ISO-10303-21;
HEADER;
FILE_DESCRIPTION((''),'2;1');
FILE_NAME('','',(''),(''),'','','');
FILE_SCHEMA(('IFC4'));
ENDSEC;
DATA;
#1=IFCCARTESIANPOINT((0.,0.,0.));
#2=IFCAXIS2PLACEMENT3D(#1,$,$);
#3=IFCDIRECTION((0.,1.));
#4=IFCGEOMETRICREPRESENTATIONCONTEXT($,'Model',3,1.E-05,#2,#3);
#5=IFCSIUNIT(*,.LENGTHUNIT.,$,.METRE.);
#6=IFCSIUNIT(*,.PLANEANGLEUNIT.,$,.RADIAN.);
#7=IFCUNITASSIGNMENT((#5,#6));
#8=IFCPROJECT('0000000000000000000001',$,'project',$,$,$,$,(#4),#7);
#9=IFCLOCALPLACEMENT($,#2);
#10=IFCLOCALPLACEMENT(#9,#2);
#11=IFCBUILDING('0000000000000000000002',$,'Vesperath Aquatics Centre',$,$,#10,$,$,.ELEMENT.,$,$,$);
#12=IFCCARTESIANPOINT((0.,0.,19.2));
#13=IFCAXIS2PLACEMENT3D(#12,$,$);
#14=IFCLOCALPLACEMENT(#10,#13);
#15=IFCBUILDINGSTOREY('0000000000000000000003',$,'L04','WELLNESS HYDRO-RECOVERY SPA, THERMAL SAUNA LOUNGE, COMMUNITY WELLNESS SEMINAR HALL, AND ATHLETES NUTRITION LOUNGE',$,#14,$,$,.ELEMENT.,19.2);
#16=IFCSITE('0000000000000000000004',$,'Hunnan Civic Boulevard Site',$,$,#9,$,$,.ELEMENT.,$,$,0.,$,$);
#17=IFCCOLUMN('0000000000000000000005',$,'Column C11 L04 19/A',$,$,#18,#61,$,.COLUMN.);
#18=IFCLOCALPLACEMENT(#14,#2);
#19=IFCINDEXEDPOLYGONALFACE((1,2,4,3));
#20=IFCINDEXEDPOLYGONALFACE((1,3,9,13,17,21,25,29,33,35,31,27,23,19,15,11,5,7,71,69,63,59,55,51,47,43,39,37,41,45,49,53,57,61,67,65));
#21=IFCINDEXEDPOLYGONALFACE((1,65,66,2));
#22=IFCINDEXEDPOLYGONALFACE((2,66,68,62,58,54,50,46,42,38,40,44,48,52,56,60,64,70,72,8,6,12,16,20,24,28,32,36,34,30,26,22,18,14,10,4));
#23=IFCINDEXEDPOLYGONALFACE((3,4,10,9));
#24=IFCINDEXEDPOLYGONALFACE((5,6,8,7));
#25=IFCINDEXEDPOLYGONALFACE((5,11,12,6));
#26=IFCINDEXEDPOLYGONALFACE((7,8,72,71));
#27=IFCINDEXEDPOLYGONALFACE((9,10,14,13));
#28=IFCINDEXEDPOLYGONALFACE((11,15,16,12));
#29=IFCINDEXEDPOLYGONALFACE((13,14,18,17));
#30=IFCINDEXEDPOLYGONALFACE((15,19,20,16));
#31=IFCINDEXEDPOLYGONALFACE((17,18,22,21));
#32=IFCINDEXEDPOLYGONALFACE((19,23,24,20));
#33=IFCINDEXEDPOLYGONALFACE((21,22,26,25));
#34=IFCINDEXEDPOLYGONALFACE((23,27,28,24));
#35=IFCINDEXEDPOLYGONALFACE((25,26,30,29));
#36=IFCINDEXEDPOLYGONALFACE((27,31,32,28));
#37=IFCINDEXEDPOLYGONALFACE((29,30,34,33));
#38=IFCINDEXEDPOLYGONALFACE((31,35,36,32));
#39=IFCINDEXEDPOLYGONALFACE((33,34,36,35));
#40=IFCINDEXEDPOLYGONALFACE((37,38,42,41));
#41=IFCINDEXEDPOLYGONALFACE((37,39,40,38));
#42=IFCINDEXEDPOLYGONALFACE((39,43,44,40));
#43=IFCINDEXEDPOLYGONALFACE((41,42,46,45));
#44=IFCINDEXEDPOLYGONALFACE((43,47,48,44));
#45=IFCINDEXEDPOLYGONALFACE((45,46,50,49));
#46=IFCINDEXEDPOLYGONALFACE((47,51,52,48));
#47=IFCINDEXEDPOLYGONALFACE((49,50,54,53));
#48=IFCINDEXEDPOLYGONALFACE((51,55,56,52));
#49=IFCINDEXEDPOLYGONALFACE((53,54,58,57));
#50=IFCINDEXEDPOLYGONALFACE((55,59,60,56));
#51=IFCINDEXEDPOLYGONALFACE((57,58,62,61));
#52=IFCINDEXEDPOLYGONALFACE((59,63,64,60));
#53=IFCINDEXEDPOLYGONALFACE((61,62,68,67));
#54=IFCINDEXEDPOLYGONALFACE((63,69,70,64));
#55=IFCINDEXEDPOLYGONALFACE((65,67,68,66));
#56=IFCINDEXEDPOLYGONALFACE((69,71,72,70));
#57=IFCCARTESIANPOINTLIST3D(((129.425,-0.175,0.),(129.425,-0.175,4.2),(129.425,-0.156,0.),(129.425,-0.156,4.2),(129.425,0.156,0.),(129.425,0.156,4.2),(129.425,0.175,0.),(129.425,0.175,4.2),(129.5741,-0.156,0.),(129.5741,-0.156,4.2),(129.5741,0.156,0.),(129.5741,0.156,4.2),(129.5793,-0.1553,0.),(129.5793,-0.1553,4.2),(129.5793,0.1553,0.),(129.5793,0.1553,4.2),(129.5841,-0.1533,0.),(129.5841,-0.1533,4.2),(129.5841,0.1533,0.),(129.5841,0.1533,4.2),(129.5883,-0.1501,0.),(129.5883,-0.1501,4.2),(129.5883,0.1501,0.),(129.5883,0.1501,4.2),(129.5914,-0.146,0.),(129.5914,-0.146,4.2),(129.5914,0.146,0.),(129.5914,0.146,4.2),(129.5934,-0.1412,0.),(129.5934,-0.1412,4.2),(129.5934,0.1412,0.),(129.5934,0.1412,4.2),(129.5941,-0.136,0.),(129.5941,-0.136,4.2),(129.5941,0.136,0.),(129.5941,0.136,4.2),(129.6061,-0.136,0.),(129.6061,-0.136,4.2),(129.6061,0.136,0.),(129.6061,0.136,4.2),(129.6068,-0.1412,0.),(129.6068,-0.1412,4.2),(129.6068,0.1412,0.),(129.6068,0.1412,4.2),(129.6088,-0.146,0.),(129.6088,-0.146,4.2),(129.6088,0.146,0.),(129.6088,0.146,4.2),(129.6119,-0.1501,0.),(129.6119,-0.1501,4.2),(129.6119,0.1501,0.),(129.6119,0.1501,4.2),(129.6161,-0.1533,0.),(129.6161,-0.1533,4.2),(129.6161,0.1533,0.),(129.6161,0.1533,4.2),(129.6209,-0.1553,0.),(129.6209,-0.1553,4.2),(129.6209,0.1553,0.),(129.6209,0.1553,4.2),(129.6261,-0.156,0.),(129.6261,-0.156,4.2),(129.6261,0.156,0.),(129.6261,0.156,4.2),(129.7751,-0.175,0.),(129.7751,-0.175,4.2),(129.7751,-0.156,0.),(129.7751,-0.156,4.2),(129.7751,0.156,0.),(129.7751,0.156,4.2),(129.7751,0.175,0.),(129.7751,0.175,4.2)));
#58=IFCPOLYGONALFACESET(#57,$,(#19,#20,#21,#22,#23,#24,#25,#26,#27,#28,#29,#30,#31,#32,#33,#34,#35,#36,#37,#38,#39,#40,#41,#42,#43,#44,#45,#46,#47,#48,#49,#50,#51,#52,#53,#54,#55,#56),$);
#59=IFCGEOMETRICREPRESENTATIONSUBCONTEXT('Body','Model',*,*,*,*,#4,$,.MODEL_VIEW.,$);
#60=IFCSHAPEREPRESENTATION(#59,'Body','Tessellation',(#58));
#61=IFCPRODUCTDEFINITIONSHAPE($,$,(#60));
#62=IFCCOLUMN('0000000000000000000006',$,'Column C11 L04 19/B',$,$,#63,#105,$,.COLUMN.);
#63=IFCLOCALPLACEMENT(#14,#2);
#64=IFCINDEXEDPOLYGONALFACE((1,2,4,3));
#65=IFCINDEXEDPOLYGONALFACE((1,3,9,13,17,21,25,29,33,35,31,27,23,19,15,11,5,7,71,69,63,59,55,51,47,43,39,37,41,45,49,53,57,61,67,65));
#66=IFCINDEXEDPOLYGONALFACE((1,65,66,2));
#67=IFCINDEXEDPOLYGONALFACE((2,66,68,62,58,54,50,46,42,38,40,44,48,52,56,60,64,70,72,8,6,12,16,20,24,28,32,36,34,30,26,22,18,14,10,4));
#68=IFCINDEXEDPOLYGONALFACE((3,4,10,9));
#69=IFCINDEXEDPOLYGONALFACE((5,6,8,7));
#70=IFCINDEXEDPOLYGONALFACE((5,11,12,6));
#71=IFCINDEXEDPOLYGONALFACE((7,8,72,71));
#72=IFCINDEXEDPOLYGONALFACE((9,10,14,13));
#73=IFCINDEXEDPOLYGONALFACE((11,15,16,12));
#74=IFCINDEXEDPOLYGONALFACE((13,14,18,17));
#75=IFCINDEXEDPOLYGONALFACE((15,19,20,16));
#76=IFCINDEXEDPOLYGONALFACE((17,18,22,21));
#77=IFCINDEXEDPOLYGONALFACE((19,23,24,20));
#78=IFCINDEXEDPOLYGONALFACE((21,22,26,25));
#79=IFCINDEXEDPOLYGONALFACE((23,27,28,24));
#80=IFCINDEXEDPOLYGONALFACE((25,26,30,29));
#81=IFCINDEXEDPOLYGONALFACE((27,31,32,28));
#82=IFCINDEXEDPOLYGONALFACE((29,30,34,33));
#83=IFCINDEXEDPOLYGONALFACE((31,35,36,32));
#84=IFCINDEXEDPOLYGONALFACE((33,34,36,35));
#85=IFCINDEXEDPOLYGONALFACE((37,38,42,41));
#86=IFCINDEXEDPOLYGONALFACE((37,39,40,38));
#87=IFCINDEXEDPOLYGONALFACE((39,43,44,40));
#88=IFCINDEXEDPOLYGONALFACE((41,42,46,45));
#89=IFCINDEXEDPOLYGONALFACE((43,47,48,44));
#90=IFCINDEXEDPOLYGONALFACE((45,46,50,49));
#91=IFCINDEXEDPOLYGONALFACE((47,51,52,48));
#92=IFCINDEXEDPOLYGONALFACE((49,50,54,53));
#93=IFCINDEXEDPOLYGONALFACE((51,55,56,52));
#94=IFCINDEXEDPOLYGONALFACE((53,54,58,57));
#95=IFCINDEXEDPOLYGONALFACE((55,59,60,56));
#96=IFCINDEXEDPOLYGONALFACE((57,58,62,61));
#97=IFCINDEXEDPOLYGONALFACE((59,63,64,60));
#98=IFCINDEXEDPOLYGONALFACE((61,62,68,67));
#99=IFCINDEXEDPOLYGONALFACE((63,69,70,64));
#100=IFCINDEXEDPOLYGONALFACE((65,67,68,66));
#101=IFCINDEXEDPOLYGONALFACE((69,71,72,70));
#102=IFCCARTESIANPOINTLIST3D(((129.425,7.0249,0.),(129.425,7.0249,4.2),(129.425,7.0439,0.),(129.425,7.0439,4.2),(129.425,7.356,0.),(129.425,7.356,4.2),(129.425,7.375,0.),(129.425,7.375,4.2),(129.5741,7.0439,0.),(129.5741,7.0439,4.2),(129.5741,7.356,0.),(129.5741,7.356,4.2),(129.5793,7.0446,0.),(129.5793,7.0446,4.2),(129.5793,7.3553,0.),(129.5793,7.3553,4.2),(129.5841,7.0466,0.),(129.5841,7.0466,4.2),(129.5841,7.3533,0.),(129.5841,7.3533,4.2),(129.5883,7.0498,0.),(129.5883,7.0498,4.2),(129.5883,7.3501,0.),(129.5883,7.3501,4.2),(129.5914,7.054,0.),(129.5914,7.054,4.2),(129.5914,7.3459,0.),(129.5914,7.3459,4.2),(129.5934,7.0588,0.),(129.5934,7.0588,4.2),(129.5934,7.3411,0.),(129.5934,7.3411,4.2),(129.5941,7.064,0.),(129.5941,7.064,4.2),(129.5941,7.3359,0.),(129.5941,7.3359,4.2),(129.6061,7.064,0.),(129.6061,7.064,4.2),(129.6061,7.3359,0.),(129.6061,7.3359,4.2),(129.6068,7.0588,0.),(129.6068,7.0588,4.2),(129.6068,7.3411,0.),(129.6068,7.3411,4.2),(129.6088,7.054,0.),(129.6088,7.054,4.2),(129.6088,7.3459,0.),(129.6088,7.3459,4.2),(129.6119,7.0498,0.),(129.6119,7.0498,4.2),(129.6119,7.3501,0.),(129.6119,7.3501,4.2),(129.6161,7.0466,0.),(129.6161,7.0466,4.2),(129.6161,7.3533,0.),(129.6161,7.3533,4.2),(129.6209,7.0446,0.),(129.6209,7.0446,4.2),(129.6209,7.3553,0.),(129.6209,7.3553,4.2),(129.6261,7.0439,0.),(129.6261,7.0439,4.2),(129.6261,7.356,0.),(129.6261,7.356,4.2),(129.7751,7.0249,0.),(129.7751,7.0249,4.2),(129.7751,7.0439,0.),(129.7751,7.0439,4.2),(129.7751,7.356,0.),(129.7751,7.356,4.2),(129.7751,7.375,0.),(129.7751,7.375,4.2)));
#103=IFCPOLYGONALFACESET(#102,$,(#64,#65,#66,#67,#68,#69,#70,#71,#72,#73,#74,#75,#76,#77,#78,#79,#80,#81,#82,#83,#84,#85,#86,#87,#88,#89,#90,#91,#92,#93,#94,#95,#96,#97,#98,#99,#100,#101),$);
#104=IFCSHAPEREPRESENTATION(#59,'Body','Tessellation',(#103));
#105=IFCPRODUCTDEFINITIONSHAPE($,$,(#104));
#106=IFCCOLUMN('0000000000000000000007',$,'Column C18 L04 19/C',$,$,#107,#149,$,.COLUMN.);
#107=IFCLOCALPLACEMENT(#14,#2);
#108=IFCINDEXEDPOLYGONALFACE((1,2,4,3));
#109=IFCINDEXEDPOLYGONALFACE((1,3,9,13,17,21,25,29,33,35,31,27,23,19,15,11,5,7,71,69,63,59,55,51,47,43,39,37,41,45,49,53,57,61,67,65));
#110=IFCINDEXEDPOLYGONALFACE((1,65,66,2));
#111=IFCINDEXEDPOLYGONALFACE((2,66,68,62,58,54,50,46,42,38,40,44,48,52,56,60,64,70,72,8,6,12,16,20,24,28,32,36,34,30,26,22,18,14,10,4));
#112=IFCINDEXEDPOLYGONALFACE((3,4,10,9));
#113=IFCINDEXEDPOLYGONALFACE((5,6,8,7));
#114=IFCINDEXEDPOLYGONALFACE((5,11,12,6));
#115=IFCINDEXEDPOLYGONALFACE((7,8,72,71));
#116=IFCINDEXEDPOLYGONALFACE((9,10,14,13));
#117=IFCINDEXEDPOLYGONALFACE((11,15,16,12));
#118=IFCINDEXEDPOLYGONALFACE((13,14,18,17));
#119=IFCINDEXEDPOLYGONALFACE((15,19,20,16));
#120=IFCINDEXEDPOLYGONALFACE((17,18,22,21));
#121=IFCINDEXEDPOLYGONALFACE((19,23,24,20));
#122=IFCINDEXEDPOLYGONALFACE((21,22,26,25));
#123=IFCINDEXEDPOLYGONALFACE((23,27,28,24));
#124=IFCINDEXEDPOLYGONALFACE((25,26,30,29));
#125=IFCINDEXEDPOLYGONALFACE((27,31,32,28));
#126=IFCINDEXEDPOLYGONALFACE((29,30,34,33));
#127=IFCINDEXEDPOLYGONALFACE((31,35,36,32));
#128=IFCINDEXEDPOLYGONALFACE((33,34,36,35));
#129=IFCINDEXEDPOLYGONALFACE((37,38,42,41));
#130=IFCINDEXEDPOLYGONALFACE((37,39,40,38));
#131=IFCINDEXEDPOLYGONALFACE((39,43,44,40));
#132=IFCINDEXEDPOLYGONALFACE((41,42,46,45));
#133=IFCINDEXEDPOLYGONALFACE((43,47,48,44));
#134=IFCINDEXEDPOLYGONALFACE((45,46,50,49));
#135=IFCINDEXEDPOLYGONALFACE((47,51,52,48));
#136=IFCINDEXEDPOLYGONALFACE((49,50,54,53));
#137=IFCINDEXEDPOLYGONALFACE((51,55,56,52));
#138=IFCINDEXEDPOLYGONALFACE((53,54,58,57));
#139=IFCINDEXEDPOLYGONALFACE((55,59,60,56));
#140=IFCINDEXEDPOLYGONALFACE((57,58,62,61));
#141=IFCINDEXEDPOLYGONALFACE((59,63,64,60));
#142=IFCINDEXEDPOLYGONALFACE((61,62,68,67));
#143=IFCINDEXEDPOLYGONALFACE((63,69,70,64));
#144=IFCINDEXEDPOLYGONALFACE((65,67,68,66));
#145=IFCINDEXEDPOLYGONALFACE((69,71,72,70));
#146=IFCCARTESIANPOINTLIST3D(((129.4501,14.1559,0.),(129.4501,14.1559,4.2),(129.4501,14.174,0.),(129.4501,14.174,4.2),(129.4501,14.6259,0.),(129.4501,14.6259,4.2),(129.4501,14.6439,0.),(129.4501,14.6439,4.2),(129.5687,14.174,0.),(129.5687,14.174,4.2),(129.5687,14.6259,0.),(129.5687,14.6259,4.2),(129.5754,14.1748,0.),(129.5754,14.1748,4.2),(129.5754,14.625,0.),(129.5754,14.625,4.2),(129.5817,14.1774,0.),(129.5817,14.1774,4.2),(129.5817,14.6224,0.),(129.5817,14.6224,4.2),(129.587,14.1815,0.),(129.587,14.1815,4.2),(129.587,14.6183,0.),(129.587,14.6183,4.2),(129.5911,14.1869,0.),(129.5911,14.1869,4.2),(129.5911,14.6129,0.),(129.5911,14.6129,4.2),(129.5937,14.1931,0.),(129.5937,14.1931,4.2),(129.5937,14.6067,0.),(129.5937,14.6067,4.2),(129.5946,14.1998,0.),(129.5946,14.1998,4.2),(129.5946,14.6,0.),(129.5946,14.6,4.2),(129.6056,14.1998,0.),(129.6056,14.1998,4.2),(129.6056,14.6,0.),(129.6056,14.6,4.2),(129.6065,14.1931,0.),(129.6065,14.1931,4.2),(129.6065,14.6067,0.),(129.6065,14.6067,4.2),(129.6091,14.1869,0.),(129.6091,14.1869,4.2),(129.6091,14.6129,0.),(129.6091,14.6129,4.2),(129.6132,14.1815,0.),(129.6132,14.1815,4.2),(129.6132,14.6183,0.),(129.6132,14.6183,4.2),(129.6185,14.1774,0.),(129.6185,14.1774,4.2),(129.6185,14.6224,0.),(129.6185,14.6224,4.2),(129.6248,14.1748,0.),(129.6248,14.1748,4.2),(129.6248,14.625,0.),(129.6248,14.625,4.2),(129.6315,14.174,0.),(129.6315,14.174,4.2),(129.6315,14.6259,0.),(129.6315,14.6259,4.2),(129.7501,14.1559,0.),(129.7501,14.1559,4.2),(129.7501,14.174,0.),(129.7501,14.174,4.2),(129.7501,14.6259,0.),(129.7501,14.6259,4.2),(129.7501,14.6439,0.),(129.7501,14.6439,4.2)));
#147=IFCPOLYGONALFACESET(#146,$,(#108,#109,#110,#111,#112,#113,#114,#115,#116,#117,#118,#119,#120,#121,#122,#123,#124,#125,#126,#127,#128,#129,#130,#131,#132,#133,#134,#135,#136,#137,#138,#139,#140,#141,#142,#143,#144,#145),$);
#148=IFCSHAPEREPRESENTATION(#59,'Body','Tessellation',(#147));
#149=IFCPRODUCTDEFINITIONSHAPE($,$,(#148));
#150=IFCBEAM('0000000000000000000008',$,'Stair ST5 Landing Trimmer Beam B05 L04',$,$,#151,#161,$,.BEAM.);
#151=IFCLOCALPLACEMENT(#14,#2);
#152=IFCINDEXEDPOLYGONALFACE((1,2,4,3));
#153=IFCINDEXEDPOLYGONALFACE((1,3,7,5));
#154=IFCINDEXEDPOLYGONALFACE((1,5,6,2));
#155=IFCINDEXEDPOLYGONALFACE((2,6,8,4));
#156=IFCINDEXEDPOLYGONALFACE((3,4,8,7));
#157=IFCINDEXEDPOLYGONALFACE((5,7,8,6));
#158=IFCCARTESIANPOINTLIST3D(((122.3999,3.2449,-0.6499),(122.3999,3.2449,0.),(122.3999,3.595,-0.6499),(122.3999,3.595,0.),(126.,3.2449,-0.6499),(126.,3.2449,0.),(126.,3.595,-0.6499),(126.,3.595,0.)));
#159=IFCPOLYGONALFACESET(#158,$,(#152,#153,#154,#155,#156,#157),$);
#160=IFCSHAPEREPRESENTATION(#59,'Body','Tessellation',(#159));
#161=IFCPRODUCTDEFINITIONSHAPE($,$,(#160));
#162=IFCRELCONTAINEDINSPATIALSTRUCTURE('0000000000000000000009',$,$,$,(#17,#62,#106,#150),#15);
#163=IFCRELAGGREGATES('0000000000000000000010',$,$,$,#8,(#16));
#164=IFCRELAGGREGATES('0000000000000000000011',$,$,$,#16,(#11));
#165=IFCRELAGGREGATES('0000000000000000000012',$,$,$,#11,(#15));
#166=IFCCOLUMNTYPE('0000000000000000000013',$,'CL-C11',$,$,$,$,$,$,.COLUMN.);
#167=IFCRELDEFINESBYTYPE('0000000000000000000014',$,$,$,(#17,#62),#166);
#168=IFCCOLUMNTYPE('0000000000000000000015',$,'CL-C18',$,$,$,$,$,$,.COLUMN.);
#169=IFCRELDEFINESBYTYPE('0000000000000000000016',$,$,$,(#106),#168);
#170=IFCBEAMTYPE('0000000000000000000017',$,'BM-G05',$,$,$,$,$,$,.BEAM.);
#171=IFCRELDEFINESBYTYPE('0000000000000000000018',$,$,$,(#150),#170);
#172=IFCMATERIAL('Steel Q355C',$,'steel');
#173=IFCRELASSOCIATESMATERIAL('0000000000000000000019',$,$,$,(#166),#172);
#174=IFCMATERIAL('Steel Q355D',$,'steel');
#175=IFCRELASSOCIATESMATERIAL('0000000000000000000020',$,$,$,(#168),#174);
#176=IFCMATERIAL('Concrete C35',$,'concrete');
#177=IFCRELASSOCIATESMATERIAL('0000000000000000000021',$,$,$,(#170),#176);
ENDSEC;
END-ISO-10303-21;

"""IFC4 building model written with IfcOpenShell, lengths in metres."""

from ifc_helpers import new_model, si_unit, direction, frame, origin, origin_2d, place, context, subcontext, project, spatial, rectangle, i_section, extrude, material, material_profile, profile_set, type_object, element, save


model = new_model("IFC4")

# Units and contexts
model_context = context("Model", 3, precision=1e-05, world=origin(), true_north=direction((0.0, 1.0)))
body_context = subcontext(model_context, "Body", "Model", "MODEL_VIEW")
ifc_project = project(units=[si_unit("LENGTHUNIT", "METRE"), si_unit("PLANEANGLEUNIT", "RADIAN")], contexts=[model_context])

# Site, building, storey
site_placement = place(None, origin())
site = spatial("IfcSite", under=ifc_project, at=site_placement, Name="Hunnan Civic Boulevard Site", CompositionType="ELEMENT", RefElevation=0.0)
building_placement = place(site_placement, origin())
building = spatial("IfcBuilding", under=site, at=building_placement, Name="Vesperath Aquatics Centre", CompositionType="ELEMENT")
storey_placement = place(building_placement, frame((0.0, 0.0, 19.2)))
storey = spatial("IfcBuildingStorey", under=building, at=storey_placement, Name="L04", Description="WELLNESS HYDRO-RECOVERY SPA, THERMAL SAUNA LOUNGE, COMMUNITY WELLNESS SEMINAR HALL, AND ATHLETES NUTRITION LOUNGE", CompositionType="ELEMENT", Elevation=19.2)

# Columns
ifc_material_1 = material(Name="Steel Q355C", Category="steel")
ifc_material_profile_1 = material_profile(ifc_material_1, i_section(OverallWidth=0.3501, OverallDepth=0.3501, WebThickness=0.012, FlangeThickness=0.019, FilletRadius=0.02, at=origin_2d()), Name="HW 350x350x12x19")
ifc_profile_set_1 = profile_set([ifc_material_profile_1], Name="Steel Q355C")
column_type_1 = type_object("IfcColumnType", Name="CL-C11", PredefinedType="COLUMN", material=ifc_profile_set_1)
for number, where, z_axis, x_axis, name in (
    (1, (129.6001, 0.0, 0.0), (0.0, 0.0, 1.0), (1.0, 0.0, 0.0), "Column C11 L04 19/A"),
    (2, (129.6001, 7.2, 0.0), (0.0, 0.0, 1.0), (1.0, 0.0, 0.0), "Column C11 L04 19/B"),
):
    element("IfcColumn", number, at=place(storey_placement, frame(where, z_axis=z_axis, x_axis=x_axis)), inside=storey, type_object=column_type_1, Name=name, PredefinedType="COLUMN", context=body_context, shape_type="SweptSolid", body=[
        extrude(i_section(OverallWidth=0.3501, OverallDepth=0.3501, WebThickness=0.012, FlangeThickness=0.019, FilletRadius=0.02, at=origin_2d()), origin(), (0.0, 0.0, 1.0), 4.2),
    ])
ifc_material_2 = material(Name="Steel Q355D", Category="steel")
ifc_material_profile_2 = material_profile(ifc_material_2, i_section(OverallWidth=0.3, OverallDepth=0.488, WebThickness=0.011, FlangeThickness=0.0181, FilletRadius=0.0259, at=origin_2d()), Name="HM 488x300x11x18")
ifc_profile_set_2 = profile_set([ifc_material_profile_2], Name="Steel Q355D")
column_type_2 = type_object("IfcColumnType", Name="CL-C18", PredefinedType="COLUMN", material=ifc_profile_set_2)
column_placement = place(storey_placement, frame((129.6001, 14.3999, 0.0), z_axis=(0.0, 0.0, 1.0), x_axis=(1.0, 0.0, 0.0)))
element("IfcColumn", 3, at=column_placement, inside=storey, type_object=column_type_2, Name="Column C18 L04 19/C", PredefinedType="COLUMN", context=body_context, shape_type="SweptSolid", body=[
    extrude(i_section(OverallWidth=0.3, OverallDepth=0.488, WebThickness=0.011, FlangeThickness=0.0181, FilletRadius=0.0259, at=origin_2d()), origin(), (0.0, 0.0, 1.0), 4.2),
])

# Beam
ifc_material_3 = material(Name="Concrete C35", Category="concrete")
ifc_material_profile_3 = material_profile(ifc_material_3, rectangle(XDim=0.3501, YDim=0.6499, at=origin_2d()), Name="RC 350x650")
ifc_profile_set_3 = profile_set([ifc_material_profile_3], Name="Concrete C35")
beam_type_1 = type_object("IfcBeamType", Name="BM-G05", PredefinedType="BEAM", material=ifc_profile_set_3)
beam_1_placement = place(storey_placement, frame((122.3999, 3.4199, -0.325), z_axis=(1.0, 0.0, 0.0), x_axis=(0.0, 1.0, 0.0)))
element("IfcBeam", 4, at=beam_1_placement, inside=storey, type_object=beam_type_1, Name="Stair ST5 Landing Trimmer Beam B05 L04", PredefinedType="BEAM", context=body_context, shape_type="SweptSolid", body=[
    extrude(rectangle(XDim=0.3501, YDim=0.6499, at=origin_2d()), origin(), (0.0, 0.0, 1.0), 3.6001),
])

save(model, "model.ifc")
